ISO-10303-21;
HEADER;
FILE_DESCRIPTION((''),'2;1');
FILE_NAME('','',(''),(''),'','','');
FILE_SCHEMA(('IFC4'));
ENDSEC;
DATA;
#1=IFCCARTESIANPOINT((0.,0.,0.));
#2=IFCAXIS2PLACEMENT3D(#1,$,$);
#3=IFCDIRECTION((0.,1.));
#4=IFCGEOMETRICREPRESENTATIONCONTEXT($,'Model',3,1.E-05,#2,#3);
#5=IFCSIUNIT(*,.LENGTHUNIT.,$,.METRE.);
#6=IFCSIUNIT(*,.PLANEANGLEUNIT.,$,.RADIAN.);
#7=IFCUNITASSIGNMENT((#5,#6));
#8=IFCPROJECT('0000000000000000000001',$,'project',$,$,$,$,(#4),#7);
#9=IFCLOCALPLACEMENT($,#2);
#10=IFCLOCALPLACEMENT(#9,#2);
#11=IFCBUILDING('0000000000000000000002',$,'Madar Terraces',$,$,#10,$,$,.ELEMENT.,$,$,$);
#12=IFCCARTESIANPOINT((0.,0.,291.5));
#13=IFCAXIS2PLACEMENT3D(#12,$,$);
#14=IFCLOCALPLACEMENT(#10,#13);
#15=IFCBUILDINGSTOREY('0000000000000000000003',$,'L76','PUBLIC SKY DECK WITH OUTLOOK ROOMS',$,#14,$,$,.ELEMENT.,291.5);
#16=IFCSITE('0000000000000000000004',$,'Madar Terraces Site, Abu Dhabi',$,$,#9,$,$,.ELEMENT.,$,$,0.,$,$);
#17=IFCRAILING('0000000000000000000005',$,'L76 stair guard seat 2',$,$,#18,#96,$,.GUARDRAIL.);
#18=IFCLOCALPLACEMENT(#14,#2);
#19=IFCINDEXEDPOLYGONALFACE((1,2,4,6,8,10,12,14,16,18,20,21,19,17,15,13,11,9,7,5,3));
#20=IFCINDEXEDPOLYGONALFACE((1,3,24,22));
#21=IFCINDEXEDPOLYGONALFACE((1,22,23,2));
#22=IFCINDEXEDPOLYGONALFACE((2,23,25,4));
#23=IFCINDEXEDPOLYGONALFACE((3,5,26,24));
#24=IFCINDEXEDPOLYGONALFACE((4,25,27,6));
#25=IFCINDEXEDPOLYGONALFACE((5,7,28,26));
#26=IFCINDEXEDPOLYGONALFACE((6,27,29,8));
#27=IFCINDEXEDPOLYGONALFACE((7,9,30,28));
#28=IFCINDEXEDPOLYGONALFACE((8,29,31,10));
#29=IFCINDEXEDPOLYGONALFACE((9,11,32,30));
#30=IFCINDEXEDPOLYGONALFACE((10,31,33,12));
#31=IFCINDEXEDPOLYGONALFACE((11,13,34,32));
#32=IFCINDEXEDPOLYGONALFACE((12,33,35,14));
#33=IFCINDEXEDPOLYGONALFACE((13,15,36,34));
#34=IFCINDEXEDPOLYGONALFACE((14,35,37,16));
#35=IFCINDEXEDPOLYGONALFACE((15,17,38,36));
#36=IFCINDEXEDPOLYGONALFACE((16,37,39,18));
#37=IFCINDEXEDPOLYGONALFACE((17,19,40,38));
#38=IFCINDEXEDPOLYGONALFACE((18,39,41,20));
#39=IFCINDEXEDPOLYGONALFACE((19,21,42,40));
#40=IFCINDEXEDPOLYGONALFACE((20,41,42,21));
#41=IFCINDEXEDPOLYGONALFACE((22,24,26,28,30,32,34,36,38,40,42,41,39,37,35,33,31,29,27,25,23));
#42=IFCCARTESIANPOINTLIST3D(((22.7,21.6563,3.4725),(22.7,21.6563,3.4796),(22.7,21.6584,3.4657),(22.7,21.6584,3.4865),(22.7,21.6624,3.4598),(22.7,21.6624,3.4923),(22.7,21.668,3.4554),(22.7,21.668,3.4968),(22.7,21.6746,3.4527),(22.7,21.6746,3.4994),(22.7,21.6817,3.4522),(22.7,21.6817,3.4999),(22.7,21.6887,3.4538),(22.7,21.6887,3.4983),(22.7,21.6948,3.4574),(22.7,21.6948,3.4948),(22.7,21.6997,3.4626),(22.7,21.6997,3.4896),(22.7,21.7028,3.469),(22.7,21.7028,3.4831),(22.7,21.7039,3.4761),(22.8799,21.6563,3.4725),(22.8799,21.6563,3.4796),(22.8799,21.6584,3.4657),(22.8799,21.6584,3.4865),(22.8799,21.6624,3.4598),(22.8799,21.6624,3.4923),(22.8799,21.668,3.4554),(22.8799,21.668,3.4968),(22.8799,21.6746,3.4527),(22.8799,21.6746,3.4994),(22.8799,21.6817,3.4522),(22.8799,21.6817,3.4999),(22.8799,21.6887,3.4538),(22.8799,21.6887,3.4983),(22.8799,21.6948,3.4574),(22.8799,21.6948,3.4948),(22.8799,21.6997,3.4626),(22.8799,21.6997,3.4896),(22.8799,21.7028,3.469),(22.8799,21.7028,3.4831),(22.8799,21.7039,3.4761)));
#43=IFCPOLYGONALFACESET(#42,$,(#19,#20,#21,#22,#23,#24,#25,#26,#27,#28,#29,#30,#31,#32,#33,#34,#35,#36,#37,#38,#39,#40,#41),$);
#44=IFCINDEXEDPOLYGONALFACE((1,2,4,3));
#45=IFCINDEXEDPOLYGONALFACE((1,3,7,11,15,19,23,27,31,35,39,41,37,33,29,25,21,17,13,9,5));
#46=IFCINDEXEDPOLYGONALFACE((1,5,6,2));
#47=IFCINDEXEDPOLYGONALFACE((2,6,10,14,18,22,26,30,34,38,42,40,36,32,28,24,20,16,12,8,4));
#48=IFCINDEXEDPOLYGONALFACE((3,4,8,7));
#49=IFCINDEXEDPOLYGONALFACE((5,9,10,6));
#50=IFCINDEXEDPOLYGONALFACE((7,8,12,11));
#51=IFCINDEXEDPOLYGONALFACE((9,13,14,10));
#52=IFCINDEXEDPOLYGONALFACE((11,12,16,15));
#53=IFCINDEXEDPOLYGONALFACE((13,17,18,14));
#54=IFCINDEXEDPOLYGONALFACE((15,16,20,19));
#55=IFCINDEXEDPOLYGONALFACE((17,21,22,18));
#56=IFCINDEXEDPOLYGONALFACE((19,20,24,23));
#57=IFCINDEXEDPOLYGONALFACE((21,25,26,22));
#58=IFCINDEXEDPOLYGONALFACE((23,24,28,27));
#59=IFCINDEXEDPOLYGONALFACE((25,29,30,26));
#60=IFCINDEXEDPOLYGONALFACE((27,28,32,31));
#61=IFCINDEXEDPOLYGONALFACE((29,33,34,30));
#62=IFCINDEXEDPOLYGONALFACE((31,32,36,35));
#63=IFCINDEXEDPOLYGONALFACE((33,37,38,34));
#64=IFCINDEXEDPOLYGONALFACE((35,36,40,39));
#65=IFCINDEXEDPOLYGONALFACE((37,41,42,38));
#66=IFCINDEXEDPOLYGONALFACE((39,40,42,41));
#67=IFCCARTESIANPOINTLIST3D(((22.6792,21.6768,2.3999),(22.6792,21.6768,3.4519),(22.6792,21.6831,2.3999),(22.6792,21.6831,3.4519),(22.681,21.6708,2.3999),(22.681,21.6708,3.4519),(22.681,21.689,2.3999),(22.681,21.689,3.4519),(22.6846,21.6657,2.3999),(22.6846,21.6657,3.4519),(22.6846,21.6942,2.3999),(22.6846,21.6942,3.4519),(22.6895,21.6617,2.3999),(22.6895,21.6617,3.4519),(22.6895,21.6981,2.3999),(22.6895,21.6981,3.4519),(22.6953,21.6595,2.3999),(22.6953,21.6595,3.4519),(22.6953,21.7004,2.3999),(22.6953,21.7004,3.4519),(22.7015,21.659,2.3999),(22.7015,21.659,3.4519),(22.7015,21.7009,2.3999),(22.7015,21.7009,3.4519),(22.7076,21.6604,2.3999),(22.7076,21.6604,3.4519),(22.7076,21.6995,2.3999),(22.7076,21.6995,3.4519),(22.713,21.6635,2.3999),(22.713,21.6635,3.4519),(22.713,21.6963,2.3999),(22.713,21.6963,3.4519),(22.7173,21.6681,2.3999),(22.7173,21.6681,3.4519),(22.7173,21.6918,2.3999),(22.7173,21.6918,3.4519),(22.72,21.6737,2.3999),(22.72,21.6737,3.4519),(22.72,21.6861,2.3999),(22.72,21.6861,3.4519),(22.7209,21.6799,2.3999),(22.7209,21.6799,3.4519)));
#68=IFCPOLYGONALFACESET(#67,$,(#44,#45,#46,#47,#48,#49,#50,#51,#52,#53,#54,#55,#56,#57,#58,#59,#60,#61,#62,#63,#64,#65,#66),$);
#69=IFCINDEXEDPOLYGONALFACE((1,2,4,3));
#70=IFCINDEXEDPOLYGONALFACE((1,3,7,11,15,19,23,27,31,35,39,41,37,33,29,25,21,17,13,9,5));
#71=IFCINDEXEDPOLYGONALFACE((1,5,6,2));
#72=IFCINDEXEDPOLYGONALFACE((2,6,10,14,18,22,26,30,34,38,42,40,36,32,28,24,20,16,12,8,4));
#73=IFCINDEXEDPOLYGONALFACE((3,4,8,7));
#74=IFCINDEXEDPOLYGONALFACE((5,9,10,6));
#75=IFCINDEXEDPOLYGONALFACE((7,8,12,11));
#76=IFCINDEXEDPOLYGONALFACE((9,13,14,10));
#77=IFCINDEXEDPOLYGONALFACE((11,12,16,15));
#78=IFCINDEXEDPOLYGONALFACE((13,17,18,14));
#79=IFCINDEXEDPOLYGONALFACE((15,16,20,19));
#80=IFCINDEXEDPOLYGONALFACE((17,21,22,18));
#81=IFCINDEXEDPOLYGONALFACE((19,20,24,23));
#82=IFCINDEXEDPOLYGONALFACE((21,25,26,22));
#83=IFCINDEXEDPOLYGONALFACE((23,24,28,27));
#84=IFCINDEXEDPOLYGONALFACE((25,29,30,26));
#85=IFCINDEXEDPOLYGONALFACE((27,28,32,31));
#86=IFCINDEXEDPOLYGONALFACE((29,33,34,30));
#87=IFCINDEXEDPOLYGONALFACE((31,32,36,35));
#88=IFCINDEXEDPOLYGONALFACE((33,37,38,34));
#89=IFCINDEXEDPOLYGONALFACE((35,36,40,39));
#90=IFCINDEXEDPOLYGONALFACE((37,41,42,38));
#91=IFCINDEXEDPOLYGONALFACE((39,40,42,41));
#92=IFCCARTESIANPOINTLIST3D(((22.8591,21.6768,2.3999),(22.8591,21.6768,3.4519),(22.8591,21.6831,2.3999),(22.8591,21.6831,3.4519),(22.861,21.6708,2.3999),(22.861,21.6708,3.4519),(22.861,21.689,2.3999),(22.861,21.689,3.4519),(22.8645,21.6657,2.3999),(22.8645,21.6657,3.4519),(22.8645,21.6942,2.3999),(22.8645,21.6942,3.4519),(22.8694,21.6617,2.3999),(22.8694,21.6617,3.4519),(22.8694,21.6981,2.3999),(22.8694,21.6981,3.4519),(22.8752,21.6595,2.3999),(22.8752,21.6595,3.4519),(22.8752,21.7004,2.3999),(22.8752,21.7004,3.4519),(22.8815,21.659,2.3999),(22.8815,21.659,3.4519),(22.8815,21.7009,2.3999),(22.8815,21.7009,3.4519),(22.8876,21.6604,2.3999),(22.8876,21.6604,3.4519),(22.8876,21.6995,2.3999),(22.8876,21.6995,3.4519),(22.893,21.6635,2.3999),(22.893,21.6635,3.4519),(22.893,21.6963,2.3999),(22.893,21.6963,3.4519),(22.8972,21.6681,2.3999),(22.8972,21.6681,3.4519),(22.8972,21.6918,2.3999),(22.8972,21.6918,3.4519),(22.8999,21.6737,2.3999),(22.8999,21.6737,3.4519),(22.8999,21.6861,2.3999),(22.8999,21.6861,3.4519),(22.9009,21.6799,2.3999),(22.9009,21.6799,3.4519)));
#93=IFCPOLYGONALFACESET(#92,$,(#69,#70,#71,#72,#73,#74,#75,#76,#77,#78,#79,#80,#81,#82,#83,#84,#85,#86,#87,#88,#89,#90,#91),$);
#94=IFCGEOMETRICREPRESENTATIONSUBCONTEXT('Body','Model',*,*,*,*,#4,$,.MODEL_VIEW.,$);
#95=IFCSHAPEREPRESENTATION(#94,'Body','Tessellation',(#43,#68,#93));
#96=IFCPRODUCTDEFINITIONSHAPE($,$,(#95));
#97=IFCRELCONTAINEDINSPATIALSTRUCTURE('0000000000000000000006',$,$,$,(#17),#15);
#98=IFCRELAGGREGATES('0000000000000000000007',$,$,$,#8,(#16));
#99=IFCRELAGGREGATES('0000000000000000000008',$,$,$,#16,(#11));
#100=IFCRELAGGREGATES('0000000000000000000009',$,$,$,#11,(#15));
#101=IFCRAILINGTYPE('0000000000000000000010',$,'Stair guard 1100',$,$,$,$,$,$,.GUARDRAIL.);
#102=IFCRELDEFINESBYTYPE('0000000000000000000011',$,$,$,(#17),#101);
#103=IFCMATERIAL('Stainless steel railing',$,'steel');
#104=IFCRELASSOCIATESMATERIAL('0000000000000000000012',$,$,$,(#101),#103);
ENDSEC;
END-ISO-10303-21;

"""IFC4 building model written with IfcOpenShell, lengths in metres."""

from ifc_helpers import new_model, si_unit, direction, frame, origin, origin_2d, place, context, subcontext, project, spatial, circle, extrude, material, type_object, element, save


model = new_model("IFC4")

# Units and contexts
model_context = context("Model", 3, precision=1e-05, world=origin(), true_north=direction((0.0, 1.0)))
body_context = subcontext(model_context, "Body", "Model", "MODEL_VIEW")
ifc_project = project(units=[si_unit("LENGTHUNIT", "METRE"), si_unit("PLANEANGLEUNIT", "RADIAN")], contexts=[model_context])

# Site, building, storey
site_placement = place(None, origin())
site = spatial("IfcSite", under=ifc_project, at=site_placement, Name="Madar Terraces Site, Abu Dhabi", CompositionType="ELEMENT", RefElevation=0.0)
building_placement = place(site_placement, origin())
building = spatial("IfcBuilding", under=site, at=building_placement, Name="Madar Terraces", CompositionType="ELEMENT")
storey_placement = place(building_placement, frame((0.0, 0.0, 291.5)))
storey = spatial("IfcBuildingStorey", under=building, at=storey_placement, Name="L76", Description="PUBLIC SKY DECK WITH OUTLOOK ROOMS", CompositionType="ELEMENT", Elevation=291.5)

# Railing
ifc_material_1 = material(Name="Stainless steel railing", Category="steel")
railing_type = type_object("IfcRailingType", Name="Stair guard 1100", PredefinedType="GUARDRAIL", material=ifc_material_1)
for number, where, name in (
    (1, (22.7, 21.6799, 2.3999), "L76 stair guard seat 2"),
):
    element("IfcRailing", number, at=place(storey_placement, frame(where)), inside=storey, type_object=railing_type, Name=name, PredefinedType="GUARDRAIL", context=body_context, shape_type="SweptSolid", body=[
        extrude(circle(Radius=0.0239, at=origin_2d()), frame((0.0, 0.0, 1.0762), z_axis=(1.0, 0.0, 0.0), x_axis=(0.0, 1.0, 0.0)), (0.0, 0.0, 1.0), 0.1799),
        extrude(circle(Radius=0.021, at=origin_2d()), origin(), (0.0, 0.0, 1.0), 1.052),
        extrude(circle(Radius=0.021, at=origin_2d()), frame((0.1799, 0.0, 0.0)), (0.0, 0.0, 1.0), 1.052),
    ])

save(model, "model.ifc")
